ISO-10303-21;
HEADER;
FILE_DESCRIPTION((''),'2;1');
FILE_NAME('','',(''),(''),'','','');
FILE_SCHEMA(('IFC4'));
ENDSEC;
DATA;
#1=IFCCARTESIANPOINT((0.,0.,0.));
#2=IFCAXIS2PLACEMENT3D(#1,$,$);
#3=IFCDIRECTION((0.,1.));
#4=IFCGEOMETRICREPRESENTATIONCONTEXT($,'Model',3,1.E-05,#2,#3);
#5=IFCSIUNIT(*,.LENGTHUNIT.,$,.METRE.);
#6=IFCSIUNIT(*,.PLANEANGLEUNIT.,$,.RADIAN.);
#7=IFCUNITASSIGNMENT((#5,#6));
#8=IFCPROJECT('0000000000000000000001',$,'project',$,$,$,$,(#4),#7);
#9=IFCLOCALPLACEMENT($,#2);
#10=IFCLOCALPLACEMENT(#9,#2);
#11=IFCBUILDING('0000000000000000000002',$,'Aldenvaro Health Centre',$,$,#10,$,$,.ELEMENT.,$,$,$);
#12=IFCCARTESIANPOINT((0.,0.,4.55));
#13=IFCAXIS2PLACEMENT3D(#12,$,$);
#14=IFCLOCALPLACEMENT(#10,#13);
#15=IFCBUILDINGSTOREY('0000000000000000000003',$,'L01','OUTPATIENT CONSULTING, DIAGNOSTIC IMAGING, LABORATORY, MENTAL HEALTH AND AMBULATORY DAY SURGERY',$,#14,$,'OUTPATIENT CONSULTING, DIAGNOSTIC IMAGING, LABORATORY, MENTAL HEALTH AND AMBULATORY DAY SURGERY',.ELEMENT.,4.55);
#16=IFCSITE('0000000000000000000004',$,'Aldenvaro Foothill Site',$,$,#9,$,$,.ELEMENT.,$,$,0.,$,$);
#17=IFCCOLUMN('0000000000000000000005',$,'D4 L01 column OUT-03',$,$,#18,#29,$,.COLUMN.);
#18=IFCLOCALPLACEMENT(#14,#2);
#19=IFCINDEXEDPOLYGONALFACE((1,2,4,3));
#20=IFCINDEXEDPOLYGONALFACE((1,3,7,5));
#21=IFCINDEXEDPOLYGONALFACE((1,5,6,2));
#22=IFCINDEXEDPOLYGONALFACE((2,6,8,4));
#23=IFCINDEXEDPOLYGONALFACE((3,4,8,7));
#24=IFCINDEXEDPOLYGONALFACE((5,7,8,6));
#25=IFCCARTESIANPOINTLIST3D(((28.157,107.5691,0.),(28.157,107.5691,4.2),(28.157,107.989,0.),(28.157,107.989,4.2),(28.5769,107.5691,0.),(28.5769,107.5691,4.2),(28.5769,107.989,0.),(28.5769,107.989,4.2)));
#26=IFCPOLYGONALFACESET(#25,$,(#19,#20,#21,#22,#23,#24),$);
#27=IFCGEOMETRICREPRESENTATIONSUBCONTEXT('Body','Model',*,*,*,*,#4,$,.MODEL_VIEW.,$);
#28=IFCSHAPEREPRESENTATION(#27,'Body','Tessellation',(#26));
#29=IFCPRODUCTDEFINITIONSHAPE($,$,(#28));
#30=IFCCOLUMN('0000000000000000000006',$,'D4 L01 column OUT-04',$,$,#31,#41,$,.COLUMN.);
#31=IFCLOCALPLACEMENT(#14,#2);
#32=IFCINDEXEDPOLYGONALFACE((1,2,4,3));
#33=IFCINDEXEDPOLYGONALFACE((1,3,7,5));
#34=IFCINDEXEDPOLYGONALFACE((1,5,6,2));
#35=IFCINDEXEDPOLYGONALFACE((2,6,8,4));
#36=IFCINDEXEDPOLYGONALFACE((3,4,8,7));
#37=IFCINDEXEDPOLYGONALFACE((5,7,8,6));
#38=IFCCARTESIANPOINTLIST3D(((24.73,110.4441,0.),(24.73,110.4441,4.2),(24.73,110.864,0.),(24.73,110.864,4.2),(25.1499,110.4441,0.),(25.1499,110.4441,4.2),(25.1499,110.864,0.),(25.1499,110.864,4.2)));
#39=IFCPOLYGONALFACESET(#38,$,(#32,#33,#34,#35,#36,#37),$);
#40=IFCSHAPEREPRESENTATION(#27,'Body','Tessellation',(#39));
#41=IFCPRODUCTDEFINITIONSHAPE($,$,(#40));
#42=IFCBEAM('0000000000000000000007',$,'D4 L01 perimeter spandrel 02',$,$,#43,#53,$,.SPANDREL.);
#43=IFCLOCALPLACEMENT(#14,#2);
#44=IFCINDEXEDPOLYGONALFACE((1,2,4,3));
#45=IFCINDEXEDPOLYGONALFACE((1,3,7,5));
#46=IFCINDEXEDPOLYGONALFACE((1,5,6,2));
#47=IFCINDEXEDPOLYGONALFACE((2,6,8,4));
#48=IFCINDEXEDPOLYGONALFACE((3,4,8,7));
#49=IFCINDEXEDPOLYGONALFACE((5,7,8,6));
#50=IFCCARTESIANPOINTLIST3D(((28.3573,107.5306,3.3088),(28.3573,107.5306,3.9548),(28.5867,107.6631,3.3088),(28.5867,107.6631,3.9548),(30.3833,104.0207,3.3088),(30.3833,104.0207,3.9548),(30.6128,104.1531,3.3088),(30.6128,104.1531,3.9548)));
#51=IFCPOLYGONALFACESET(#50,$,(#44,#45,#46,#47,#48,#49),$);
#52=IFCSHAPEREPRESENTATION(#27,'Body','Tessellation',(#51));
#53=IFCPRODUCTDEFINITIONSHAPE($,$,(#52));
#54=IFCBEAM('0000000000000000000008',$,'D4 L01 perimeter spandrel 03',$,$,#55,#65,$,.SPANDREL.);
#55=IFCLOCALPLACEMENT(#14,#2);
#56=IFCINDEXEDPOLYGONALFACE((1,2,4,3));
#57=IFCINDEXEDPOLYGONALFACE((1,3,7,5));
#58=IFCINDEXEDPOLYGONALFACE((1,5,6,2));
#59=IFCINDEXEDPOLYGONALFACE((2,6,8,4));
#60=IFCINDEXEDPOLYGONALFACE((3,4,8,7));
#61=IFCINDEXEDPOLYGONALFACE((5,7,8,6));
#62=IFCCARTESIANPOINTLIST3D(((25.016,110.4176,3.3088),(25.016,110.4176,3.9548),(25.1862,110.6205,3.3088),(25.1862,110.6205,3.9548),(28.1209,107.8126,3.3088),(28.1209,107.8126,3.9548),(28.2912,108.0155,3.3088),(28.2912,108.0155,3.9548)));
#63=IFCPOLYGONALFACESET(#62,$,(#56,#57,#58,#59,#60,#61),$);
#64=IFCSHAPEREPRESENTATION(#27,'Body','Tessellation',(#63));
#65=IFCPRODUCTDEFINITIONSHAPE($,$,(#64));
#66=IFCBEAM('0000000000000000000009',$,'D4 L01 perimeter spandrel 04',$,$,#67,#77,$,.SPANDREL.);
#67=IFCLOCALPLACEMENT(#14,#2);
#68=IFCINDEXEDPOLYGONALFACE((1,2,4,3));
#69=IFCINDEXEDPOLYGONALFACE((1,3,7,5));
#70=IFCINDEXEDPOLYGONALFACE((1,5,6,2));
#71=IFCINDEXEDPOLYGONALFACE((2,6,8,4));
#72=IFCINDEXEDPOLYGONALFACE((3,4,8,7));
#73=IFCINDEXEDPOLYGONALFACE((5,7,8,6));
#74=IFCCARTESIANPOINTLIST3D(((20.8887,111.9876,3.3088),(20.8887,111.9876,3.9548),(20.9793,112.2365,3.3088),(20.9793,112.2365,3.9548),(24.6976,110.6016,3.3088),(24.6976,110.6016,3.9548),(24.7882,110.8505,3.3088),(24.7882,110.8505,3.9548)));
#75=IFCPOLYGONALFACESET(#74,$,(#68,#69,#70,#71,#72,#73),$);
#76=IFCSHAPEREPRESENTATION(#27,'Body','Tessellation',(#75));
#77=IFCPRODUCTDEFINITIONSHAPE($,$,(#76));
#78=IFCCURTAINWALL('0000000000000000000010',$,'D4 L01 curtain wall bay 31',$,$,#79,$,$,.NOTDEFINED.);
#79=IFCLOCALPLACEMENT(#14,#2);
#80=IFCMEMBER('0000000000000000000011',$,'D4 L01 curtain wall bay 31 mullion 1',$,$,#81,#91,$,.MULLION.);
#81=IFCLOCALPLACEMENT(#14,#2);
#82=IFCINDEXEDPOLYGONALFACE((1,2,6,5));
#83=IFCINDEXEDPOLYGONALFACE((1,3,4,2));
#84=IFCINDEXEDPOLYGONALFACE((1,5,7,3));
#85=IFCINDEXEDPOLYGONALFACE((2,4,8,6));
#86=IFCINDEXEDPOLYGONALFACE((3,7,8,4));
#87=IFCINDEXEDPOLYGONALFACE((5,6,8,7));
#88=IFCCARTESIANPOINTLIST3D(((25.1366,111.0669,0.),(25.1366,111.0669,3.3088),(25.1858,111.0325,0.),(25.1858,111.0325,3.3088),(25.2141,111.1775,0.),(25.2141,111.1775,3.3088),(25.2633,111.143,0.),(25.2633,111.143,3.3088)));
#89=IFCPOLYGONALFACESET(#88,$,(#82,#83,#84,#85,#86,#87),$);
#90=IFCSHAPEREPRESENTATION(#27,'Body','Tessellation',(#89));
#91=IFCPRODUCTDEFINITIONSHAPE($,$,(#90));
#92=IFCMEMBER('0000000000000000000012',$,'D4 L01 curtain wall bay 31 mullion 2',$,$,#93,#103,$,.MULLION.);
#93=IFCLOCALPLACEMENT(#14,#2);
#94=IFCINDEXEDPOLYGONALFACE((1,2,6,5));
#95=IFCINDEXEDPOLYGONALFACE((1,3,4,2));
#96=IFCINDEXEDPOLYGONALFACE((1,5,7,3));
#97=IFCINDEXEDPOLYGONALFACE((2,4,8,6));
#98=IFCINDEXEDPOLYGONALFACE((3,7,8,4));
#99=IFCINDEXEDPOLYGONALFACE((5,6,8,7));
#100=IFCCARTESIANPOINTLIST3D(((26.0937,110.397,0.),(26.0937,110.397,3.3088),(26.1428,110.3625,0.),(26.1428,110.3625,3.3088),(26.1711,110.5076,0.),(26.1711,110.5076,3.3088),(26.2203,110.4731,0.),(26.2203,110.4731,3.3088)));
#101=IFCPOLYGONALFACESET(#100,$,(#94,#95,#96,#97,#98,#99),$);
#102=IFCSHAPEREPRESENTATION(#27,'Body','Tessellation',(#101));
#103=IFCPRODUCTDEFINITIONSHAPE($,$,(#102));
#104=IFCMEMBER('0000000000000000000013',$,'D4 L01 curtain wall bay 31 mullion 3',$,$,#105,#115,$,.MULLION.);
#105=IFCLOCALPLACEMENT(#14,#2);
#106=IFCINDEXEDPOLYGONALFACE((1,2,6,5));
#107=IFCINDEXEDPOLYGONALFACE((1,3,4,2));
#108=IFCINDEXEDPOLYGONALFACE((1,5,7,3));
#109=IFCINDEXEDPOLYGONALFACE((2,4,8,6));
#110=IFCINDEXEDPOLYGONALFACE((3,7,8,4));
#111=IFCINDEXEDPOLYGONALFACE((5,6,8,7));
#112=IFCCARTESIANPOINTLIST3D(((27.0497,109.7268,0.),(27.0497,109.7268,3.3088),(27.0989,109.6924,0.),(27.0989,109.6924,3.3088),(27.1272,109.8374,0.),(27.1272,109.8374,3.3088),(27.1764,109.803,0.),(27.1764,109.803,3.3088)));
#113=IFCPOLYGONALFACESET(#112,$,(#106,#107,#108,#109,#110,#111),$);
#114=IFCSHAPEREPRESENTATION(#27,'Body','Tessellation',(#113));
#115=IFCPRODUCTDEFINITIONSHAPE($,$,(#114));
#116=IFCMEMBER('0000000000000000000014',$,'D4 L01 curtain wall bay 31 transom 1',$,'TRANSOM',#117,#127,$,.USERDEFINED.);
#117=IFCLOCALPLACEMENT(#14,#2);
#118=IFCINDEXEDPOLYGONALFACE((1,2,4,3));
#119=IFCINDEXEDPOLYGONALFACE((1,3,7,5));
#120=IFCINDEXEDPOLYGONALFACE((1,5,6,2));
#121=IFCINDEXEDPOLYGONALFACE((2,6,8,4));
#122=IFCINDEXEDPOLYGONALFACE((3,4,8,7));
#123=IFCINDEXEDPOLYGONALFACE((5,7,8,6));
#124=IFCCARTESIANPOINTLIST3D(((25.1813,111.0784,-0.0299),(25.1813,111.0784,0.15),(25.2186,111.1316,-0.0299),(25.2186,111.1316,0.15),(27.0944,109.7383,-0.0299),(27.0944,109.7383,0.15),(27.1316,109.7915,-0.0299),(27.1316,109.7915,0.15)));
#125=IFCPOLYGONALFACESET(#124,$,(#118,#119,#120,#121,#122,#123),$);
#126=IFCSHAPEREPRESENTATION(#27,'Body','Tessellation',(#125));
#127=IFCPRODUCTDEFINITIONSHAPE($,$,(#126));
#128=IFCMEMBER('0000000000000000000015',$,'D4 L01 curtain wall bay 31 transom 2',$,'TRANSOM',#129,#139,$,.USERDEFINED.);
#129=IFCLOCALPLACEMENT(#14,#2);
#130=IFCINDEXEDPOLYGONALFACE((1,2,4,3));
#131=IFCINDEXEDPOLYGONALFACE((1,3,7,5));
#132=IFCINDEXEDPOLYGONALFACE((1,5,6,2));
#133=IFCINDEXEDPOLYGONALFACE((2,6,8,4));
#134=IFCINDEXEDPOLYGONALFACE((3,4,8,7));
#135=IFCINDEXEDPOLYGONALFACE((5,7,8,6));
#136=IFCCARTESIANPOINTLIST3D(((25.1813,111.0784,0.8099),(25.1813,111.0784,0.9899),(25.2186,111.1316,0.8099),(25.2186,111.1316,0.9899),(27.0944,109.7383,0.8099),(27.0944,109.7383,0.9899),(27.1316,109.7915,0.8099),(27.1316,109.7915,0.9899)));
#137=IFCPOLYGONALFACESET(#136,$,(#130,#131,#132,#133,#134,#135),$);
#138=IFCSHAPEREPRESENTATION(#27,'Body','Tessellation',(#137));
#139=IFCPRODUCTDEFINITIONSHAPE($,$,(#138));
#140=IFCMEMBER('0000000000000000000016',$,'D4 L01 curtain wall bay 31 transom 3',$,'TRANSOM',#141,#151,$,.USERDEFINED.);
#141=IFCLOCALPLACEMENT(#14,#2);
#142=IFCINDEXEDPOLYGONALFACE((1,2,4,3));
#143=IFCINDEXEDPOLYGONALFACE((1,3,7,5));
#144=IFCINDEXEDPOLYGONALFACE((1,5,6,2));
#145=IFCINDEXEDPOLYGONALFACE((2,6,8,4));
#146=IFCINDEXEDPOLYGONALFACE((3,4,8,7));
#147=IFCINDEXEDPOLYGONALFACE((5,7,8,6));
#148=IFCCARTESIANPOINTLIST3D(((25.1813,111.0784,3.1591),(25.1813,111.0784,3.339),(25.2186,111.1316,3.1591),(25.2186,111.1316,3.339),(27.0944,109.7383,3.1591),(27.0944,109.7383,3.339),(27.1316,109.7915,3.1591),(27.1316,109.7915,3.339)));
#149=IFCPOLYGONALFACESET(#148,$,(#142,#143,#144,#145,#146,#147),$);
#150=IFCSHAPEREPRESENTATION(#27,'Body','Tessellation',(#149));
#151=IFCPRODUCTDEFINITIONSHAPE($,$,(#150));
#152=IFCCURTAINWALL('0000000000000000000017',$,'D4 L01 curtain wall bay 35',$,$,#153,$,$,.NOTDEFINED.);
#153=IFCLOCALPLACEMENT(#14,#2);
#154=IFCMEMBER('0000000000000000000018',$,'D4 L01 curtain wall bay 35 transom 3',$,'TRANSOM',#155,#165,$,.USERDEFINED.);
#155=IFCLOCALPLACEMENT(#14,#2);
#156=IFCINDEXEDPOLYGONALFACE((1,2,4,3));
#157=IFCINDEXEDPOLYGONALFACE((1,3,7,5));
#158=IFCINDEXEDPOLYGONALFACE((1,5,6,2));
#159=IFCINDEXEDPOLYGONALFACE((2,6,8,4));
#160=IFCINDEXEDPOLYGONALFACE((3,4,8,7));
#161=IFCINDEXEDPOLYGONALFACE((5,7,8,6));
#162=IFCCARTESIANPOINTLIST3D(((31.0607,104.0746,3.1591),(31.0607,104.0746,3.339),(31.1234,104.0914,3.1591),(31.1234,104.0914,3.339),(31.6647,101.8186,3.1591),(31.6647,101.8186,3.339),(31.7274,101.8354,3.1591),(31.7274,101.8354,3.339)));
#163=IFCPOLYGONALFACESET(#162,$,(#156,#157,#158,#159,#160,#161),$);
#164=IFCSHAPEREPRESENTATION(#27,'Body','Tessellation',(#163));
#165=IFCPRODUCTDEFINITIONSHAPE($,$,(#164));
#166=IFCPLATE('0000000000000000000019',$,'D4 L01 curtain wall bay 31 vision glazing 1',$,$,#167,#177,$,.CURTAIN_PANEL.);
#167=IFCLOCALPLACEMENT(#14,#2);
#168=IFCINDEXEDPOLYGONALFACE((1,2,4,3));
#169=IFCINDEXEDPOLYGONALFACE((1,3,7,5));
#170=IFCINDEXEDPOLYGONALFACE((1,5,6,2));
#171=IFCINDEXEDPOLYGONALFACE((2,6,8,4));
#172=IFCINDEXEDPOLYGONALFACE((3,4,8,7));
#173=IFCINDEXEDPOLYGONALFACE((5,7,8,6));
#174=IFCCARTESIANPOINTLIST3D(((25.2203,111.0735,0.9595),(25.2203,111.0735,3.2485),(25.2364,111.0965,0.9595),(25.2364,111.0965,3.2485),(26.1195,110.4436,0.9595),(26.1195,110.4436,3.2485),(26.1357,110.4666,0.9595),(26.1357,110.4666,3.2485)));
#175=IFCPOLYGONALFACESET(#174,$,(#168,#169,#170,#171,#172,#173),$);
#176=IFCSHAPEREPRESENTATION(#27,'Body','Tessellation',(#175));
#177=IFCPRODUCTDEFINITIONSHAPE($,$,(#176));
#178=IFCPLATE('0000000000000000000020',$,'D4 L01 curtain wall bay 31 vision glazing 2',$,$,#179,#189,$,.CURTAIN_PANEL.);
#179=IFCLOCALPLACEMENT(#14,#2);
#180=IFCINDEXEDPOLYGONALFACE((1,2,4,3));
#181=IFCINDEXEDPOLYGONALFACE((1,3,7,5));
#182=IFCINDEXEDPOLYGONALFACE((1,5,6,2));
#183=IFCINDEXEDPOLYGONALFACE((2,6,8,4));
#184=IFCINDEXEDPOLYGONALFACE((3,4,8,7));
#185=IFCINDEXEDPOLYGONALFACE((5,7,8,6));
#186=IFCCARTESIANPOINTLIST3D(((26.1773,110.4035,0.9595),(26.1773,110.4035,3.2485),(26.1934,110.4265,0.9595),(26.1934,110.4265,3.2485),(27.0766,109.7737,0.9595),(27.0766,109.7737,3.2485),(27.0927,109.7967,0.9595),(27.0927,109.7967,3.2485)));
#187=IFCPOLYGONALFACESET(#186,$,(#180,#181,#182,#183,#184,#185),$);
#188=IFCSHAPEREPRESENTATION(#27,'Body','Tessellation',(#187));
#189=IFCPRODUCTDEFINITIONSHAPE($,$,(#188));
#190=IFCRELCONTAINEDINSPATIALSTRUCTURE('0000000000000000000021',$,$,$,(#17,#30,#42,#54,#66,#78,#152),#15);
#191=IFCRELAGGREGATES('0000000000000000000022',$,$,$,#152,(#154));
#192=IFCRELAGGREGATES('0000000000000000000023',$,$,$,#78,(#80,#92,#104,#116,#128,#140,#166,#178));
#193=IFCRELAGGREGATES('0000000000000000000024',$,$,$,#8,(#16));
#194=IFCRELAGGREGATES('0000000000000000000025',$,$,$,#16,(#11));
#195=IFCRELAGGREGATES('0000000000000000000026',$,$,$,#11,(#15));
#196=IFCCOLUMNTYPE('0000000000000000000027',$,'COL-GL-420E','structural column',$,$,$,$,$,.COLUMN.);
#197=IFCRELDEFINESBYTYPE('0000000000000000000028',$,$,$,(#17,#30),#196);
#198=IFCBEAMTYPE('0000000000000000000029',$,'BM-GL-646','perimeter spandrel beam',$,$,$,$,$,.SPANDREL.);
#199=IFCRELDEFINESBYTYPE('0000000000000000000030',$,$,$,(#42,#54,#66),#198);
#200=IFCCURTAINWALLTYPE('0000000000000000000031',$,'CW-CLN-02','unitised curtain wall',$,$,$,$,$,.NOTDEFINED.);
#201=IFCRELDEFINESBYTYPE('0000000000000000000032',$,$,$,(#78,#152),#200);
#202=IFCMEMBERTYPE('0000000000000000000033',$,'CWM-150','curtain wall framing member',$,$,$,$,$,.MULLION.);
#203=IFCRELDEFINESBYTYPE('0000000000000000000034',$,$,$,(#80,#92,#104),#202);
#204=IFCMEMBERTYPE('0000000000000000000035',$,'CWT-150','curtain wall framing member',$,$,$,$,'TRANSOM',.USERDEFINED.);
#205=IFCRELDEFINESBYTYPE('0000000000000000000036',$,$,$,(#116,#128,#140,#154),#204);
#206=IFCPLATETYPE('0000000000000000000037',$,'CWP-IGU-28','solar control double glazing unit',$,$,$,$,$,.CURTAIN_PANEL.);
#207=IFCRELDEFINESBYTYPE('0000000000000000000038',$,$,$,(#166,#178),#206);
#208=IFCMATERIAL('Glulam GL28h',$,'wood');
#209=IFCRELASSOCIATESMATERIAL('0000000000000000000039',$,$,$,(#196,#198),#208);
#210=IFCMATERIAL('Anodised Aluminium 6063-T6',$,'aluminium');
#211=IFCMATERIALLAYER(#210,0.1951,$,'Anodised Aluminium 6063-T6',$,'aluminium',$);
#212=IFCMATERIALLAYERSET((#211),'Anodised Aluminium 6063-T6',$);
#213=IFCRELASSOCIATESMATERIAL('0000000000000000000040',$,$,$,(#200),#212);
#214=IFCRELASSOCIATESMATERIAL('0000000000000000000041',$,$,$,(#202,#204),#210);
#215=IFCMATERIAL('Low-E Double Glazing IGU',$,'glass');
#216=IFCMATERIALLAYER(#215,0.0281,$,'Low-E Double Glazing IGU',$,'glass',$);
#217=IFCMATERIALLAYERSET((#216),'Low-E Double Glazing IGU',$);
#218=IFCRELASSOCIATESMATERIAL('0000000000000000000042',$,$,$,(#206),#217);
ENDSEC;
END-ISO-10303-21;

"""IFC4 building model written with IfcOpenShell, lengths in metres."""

from ifc_helpers import new_model, si_unit, direction, frame, origin, origin_2d, place, context, subcontext, project, spatial, rectangle, extrude, material, layer, layer_set, material_profile, profile_set, type_object, element, aggregate, save


model = new_model("IFC4")

# Units and contexts
model_context = context("Model", 3, precision=1e-05, world=origin(), true_north=direction((0.0, 1.0)))
body_context = subcontext(model_context, "Body", "Model", "MODEL_VIEW")
ifc_project = project(units=[si_unit("LENGTHUNIT", "METRE"), si_unit("PLANEANGLEUNIT", "RADIAN")], contexts=[model_context])

# Site, building, storey
site_placement = place(None, origin())
site = spatial("IfcSite", under=ifc_project, at=site_placement, Name="Aldenvaro Foothill Site", CompositionType="ELEMENT", RefElevation=0.0)
building_placement = place(site_placement, origin())
building = spatial("IfcBuilding", under=site, at=building_placement, Name="Aldenvaro Health Centre", CompositionType="ELEMENT")
storey_placement = place(building_placement, frame((0.0, 0.0, 4.55)))
storey = spatial("IfcBuildingStorey", under=building, at=storey_placement, Name="L01", Description="OUTPATIENT CONSULTING, DIAGNOSTIC IMAGING, LABORATORY, MENTAL HEALTH AND AMBULATORY DAY SURGERY", LongName="OUTPATIENT CONSULTING, DIAGNOSTIC IMAGING, LABORATORY, MENTAL HEALTH AND AMBULATORY DAY SURGERY", CompositionType="ELEMENT", Elevation=4.55)

# Columns
ifc_material_1 = material(Name="Glulam GL28h", Category="wood")
ifc_material_profile_1 = material_profile(ifc_material_1, rectangle(XDim=0.4199, YDim=0.4199, at=origin_2d()), Name="GL 420x420", Category="wood")
ifc_profile_set_1 = profile_set([ifc_material_profile_1], Name="Glulam GL28h")
column_type = type_object("IfcColumnType", Name="COL-GL-420E", Description="structural column", PredefinedType="COLUMN", material=ifc_profile_set_1)
for number, where, z_axis, x_axis, name in (
    (1, (28.3669, 107.7791, 0.0), (0.0, 0.0, 1.0), (1.0, 0.0, 0.0), "D4 L01 column OUT-03"),
    (2, (24.9399, 110.6541, 0.0), (0.0, 0.0, 1.0), (1.0, 0.0, 0.0), "D4 L01 column OUT-04"),
):
    element("IfcColumn", number, at=place(storey_placement, frame(where, z_axis=z_axis, x_axis=x_axis)), inside=storey, type_object=column_type, Name=name, PredefinedType="COLUMN", context=body_context, shape_type="SweptSolid", body=[
        extrude(rectangle(XDim=0.4199, YDim=0.4199, at=origin_2d()), origin(), (0.0, 0.0, 1.0), 4.2),
    ])

# Beams
ifc_material_profile_2 = material_profile(ifc_material_1, rectangle(XDim=0.2649, YDim=0.646, at=origin_2d()), Name="GL 265x646", Category="wood")
ifc_profile_set_2 = profile_set([ifc_material_profile_2], Name="Glulam GL28h")
beam_type = type_object("IfcBeamType", Name="BM-GL-646", Description="perimeter spandrel beam", PredefinedType="SPANDREL", material=ifc_profile_set_2)
beam_1_placement = place(storey_placement, frame((30.498, 104.0869, 3.6318), z_axis=(-0.499929, 0.866066, 0.0), x_axis=(-0.866066, -0.499929, 0.0)))
element("IfcBeam", 3, at=beam_1_placement, inside=storey, type_object=beam_type, Name="D4 L01 perimeter spandrel 02", PredefinedType="SPANDREL", context=body_context, shape_type="SweptSolid", body=[
    extrude(rectangle(XDim=0.2649, YDim=0.646, at=origin_2d()), origin(), (0.0, 0.0, 1.0), 4.0527),
])
beam_2_placement = place(storey_placement, frame((28.2061, 107.9141, 3.6318), z_axis=(-0.766094, 0.642729, 0.0), x_axis=(-0.642729, -0.766094, 0.0)))
element("IfcBeam", 4, at=beam_2_placement, inside=storey, type_object=beam_type, Name="D4 L01 perimeter spandrel 03", PredefinedType="SPANDREL", context=body_context, shape_type="SweptSolid", body=[
    extrude(rectangle(XDim=0.2649, YDim=0.646, at=origin_2d()), origin(), (0.0, 0.0, 1.0), 4.053),
])
beam_3_placement = place(storey_placement, frame((24.7429, 110.7261, 3.6318), z_axis=(-0.939718, 0.341951, 0.0), x_axis=(-0.341951, -0.939718, 0.0)))
element("IfcBeam", 5, at=beam_3_placement, inside=storey, type_object=beam_type, Name="D4 L01 perimeter spandrel 04", PredefinedType="SPANDREL", context=body_context, shape_type="SweptSolid", body=[
    extrude(rectangle(XDim=0.2649, YDim=0.646, at=origin_2d()), origin(), (0.0, 0.0, 1.0), 4.0532),
])

# Curtain wall, members
ifc_material_2 = material(Name="Anodised Aluminium 6063-T6", Category="aluminium")
ifc_layer_1 = layer(ifc_material_2, 0.1951, Name="Anodised Aluminium 6063-T6", Category="aluminium")
ifc_layer_set_1 = layer_set([ifc_layer_1], Name="Anodised Aluminium 6063-T6")
curtain_wall_type = type_object("IfcCurtainWallType", Name="CW-CLN-02", Description="unitised curtain wall", PredefinedType="NOTDEFINED", material=ifc_layer_set_1)
curtain_wall_1_placement = place(storey_placement, origin())
curtain_wall_1 = element("IfcCurtainWall", 6, at=curtain_wall_1_placement, inside=storey, type_object=curtain_wall_type, Name="D4 L01 curtain wall bay 31", PredefinedType="NOTDEFINED")
ifc_material_profile_3 = material_profile(ifc_material_2, rectangle(XDim=0.0601, YDim=0.135, at=origin_2d()), Name="ALU 60x135", Category="aluminium")
ifc_profile_set_3 = profile_set([ifc_material_profile_3], Name="Anodised Aluminium 6063-T6")
member_type_1 = type_object("IfcMemberType", Name="CWM-150", Description="curtain wall framing member", PredefinedType="MULLION", material=ifc_profile_set_3)
member_1_placement = place(storey_placement, frame((25.2, 111.105, 0.0), z_axis=(0.0, 0.0, 1.0), x_axis=(0.819051, -0.573721, 0.0)))
member_1 = element("IfcMember", 7, at=member_1_placement, type_object=member_type_1, Name="D4 L01 curtain wall bay 31 mullion 1", PredefinedType="MULLION", context=body_context, shape_type="SweptSolid", body=[
    extrude(rectangle(XDim=0.0601, YDim=0.135, at=origin_2d()), origin(), (0.0, 0.0, 1.0), 3.3088),
])
member_2_placement = place(storey_placement, frame((26.157, 110.4351, 0.0), z_axis=(0.0, 0.0, 1.0), x_axis=(0.819051, -0.573721, 0.0)))
member_2 = element("IfcMember", 8, at=member_2_placement, type_object=member_type_1, Name="D4 L01 curtain wall bay 31 mullion 2", PredefinedType="MULLION", context=body_context, shape_type="SweptSolid", body=[
    extrude(rectangle(XDim=0.0601, YDim=0.135, at=origin_2d()), origin(), (0.0, 0.0, 1.0), 3.3088),
])
member_3_placement = place(storey_placement, frame((27.113, 109.7649, 0.0), z_axis=(0.0, 0.0, 1.0), x_axis=(0.819051, -0.573721, 0.0)))
member_3 = element("IfcMember", 9, at=member_3_placement, type_object=member_type_1, Name="D4 L01 curtain wall bay 31 mullion 3", PredefinedType="MULLION", context=body_context, shape_type="SweptSolid", body=[
    extrude(rectangle(XDim=0.0601, YDim=0.135, at=origin_2d()), origin(), (0.0, 0.0, 1.0), 3.3088),
])
ifc_material_profile_4 = material_profile(ifc_material_2, rectangle(XDim=0.0649, YDim=0.1799, at=origin_2d()), Name="ALU 65x180", Category="aluminium")
ifc_profile_set_4 = profile_set([ifc_material_profile_4], Name="Anodised Aluminium 6063-T6")
member_type_2 = type_object("IfcMemberType", Name="CWT-150", Description="curtain wall framing member", ElementType="TRANSOM", PredefinedType="USERDEFINED", material=ifc_profile_set_4)
member_4_placement = place(storey_placement, frame((25.2, 111.105, 0.0601), z_axis=(0.819045, -0.573729, 0.0), x_axis=(0.573729, 0.819045, 0.0)))
member_4 = element("IfcMember", 10, at=member_4_placement, type_object=member_type_2, Name="D4 L01 curtain wall bay 31 transom 1", ObjectType="TRANSOM", PredefinedType="USERDEFINED", context=body_context, shape_type="SweptSolid", body=[
    extrude(rectangle(XDim=0.0649, YDim=0.1799, at=origin_2d()), origin(), (0.0, 0.0, 1.0), 2.3357),
])
member_5_placement = place(storey_placement, frame((25.2, 111.105, 0.8999), z_axis=(0.819045, -0.573729, 0.0), x_axis=(0.573729, 0.819045, 0.0)))
member_5 = element("IfcMember", 11, at=member_5_placement, type_object=member_type_2, Name="D4 L01 curtain wall bay 31 transom 2", ObjectType="TRANSOM", PredefinedType="USERDEFINED", context=body_context, shape_type="SweptSolid", body=[
    extrude(rectangle(XDim=0.0649, YDim=0.1799, at=origin_2d()), origin(), (0.0, 0.0, 1.0), 2.3357),
])
member_6_placement = place(storey_placement, frame((25.2, 111.105, 3.249), z_axis=(0.819045, -0.573729, 0.0), x_axis=(0.573729, 0.819045, 0.0)))
member_6 = element("IfcMember", 12, at=member_6_placement, type_object=member_type_2, Name="D4 L01 curtain wall bay 31 transom 3", ObjectType="TRANSOM", PredefinedType="USERDEFINED", context=body_context, shape_type="SweptSolid", body=[
    extrude(rectangle(XDim=0.0649, YDim=0.1799, at=origin_2d()), origin(), (0.0, 0.0, 1.0), 2.3357),
])

# Curtain wall, member
curtain_wall_2_placement = place(storey_placement, origin())
curtain_wall_2 = element("IfcCurtainWall", 13, at=curtain_wall_2_placement, inside=storey, type_object=curtain_wall_type, Name="D4 L01 curtain wall bay 35", PredefinedType="NOTDEFINED")
member_7_placement = place(storey_placement, frame((31.092, 104.083, 3.249), z_axis=(0.258612, -0.965981, 0.0), x_axis=(0.965981, 0.258612, 0.0)))
member_7 = element("IfcMember", 14, at=member_7_placement, type_object=member_type_2, Name="D4 L01 curtain wall bay 35 transom 3", ObjectType="TRANSOM", PredefinedType="USERDEFINED", context=body_context, shape_type="SweptSolid", body=[
    extrude(rectangle(XDim=0.0649, YDim=0.1799, at=origin_2d()), origin(), (0.0, 0.0, 1.0), 2.3354),
])
aggregate(curtain_wall_2, [member_7])

# Plates
ifc_material_3 = material(Name="Low-E Double Glazing IGU", Category="glass")
ifc_layer_2 = layer(ifc_material_3, 0.0281, Name="Low-E Double Glazing IGU", Category="glass")
ifc_layer_set_2 = layer_set([ifc_layer_2], Name="Low-E Double Glazing IGU")
plate_type_1 = type_object("IfcPlateType", Name="CWP-IGU-28", Description="solar control double glazing unit", PredefinedType="CURTAIN_PANEL", material=ifc_layer_set_2)
plate_1_placement = place(storey_placement, frame((25.678, 110.77, 0.9595), z_axis=(0.0, 0.0, 1.0), x_axis=(0.819051, -0.573721, 0.0)))
plate_1 = element("IfcPlate", 15, at=plate_1_placement, type_object=plate_type_1, Name="D4 L01 curtain wall bay 31 vision glazing 1", PredefinedType="CURTAIN_PANEL", context=body_context, shape_type="SweptSolid", body=[
    extrude(rectangle(XDim=1.0979, YDim=0.0281, at=origin_2d()), origin(), (0.0, 0.0, 1.0), 2.2891),
])
plate_2_placement = place(storey_placement, frame((26.635, 110.1001, 0.9595), z_axis=(0.0, 0.0, 1.0), x_axis=(0.819051, -0.573721, 0.0)))
plate_2 = element("IfcPlate", 16, at=plate_2_placement, type_object=plate_type_1, Name="D4 L01 curtain wall bay 31 vision glazing 2", PredefinedType="CURTAIN_PANEL", context=body_context, shape_type="SweptSolid", body=[
    extrude(rectangle(XDim=1.0979, YDim=0.0281, at=origin_2d()), origin(), (0.0, 0.0, 1.0), 2.2891),
])
aggregate(curtain_wall_1, [member_1, member_2, member_3, member_4, member_5, member_6, plate_1, plate_2])

save(model, "model.ifc")
